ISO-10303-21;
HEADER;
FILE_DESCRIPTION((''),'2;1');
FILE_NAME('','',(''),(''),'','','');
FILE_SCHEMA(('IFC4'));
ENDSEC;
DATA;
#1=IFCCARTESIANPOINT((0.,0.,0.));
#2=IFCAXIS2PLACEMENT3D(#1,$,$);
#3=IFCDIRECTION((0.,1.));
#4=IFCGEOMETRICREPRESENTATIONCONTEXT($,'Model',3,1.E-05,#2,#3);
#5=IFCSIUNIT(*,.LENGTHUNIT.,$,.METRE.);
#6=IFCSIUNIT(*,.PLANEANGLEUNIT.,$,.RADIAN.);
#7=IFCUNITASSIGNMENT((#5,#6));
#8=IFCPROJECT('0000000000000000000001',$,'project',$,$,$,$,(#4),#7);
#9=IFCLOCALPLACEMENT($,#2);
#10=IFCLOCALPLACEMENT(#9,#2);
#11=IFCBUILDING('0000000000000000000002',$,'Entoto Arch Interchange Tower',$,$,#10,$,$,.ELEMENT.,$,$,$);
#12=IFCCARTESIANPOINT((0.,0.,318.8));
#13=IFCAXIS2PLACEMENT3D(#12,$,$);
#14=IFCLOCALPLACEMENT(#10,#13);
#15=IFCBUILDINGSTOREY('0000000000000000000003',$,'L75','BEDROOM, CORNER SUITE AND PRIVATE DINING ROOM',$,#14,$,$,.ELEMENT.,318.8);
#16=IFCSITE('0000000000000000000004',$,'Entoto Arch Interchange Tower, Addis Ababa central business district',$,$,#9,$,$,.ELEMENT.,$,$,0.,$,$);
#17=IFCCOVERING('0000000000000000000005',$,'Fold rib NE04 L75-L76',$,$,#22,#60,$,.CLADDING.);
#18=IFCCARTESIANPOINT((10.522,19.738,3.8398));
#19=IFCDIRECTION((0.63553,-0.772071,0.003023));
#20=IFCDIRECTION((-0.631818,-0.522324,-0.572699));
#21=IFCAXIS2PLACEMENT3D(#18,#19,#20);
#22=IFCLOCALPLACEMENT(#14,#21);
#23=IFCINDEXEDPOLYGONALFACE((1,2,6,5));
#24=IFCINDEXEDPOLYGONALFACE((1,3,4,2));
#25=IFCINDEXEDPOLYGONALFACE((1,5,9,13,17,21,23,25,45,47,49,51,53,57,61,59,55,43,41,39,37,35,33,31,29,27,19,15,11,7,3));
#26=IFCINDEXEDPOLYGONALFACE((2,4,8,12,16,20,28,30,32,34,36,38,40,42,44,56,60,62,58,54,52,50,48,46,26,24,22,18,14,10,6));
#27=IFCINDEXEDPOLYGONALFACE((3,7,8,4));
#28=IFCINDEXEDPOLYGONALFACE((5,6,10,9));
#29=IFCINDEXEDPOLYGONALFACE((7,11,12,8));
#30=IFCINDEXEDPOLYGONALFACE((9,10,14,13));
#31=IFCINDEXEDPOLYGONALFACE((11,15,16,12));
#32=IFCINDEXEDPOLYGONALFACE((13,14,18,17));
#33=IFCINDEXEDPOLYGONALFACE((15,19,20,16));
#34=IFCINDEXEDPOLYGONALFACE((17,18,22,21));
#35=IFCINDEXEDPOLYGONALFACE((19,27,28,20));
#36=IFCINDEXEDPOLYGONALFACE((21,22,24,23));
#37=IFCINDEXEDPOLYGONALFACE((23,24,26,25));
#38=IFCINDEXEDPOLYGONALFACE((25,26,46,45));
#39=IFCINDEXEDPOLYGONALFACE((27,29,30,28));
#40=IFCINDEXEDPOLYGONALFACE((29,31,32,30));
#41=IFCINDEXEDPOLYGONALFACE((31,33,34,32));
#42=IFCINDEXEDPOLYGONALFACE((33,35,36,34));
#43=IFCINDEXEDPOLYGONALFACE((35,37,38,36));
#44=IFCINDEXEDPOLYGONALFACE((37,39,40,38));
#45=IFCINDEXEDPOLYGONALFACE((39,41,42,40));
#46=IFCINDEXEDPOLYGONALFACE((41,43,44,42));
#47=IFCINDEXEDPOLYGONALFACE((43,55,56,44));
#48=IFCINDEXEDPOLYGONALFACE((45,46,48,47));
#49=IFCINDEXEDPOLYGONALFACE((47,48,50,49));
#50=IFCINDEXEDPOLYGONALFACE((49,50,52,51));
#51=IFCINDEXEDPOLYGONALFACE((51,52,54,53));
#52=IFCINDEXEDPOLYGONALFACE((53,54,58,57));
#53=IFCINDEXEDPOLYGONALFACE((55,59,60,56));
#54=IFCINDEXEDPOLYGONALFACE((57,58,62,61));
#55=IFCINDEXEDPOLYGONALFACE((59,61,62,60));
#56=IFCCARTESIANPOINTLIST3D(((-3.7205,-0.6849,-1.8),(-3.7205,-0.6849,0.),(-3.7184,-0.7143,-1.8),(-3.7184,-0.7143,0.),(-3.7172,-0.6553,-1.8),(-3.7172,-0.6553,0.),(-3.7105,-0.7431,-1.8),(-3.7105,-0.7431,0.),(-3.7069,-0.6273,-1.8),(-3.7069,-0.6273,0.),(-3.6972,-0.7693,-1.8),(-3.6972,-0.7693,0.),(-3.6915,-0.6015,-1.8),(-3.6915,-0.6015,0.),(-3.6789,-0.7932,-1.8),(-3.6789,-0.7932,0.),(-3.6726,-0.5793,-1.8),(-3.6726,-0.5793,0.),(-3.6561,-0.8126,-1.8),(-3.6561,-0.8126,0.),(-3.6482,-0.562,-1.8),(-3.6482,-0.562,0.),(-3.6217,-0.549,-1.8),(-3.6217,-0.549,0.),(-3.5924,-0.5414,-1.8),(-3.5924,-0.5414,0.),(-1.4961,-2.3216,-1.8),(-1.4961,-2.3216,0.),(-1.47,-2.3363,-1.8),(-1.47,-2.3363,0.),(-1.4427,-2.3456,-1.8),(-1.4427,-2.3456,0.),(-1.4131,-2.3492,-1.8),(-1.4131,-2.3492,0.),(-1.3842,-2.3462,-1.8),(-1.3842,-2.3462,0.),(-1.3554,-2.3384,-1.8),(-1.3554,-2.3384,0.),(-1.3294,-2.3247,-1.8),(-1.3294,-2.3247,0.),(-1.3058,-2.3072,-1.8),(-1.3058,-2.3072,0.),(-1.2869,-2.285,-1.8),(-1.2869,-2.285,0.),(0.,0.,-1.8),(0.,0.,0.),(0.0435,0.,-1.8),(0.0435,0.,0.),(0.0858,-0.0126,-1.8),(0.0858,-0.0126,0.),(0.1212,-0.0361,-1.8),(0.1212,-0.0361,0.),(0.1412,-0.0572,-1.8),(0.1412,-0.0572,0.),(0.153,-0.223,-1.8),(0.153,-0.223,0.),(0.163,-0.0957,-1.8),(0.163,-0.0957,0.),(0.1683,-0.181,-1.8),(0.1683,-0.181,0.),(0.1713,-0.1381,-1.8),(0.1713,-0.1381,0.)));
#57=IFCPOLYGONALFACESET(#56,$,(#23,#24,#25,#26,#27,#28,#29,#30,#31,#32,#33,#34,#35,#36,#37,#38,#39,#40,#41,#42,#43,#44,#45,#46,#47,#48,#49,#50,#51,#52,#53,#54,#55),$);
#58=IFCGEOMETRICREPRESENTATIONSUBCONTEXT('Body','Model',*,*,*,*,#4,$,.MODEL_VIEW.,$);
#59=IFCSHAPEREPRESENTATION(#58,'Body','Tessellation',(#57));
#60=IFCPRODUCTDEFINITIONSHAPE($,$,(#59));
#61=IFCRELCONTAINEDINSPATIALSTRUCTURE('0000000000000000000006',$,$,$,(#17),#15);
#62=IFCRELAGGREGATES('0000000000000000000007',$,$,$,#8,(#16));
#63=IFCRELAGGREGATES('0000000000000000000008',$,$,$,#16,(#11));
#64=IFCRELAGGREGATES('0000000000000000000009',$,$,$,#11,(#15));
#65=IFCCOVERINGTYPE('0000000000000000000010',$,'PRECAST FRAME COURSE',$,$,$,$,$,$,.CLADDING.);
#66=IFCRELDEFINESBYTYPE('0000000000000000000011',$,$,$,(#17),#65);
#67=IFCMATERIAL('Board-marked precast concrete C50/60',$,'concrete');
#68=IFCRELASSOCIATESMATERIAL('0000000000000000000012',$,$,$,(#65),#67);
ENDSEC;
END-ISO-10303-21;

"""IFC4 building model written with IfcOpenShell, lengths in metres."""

from ifc_helpers import new_model, si_unit, direction, frame, origin, place, context, subcontext, project, spatial, polyline, outline, extrude, material, type_object, element, save


model = new_model("IFC4")

# Units and contexts
model_context = context("Model", 3, precision=1e-05, world=origin(), true_north=direction((0.0, 1.0)))
body_context = subcontext(model_context, "Body", "Model", "MODEL_VIEW")
ifc_project = project(units=[si_unit("LENGTHUNIT", "METRE"), si_unit("PLANEANGLEUNIT", "RADIAN")], contexts=[model_context])

# Site, building, storey
site_placement = place(None, origin())
site = spatial("IfcSite", under=ifc_project, at=site_placement, Name="Entoto Arch Interchange Tower, Addis Ababa central business district", CompositionType="ELEMENT", RefElevation=0.0)
building_placement = place(site_placement, origin())
building = spatial("IfcBuilding", under=site, at=building_placement, Name="Entoto Arch Interchange Tower", CompositionType="ELEMENT")
storey_placement = place(building_placement, frame((0.0, 0.0, 318.8)))
storey = spatial("IfcBuildingStorey", under=building, at=storey_placement, Name="L75", Description="BEDROOM, CORNER SUITE AND PRIVATE DINING ROOM", CompositionType="ELEMENT", Elevation=318.8)

# Covering
ifc_material_1 = material(Name="Board-marked precast concrete C50/60", Category="concrete")
covering_type = type_object("IfcCoveringType", Name="PRECAST FRAME COURSE", PredefinedType="CLADDING", material=ifc_material_1)
covering_1_placement = place(storey_placement, frame((10.522, 19.738, 3.8398), z_axis=(0.63553, -0.772071, 0.003023), x_axis=(-0.631818, -0.522324, -0.572699)))
element("IfcCovering", 1, at=covering_1_placement, inside=storey, type_object=covering_type, Name="Fold rib NE04 L75-L76", PredefinedType="CLADDING", context=body_context, shape_type="SweptSolid", body=[
    extrude(outline(polyline([(0.0, 0.0), (0.0435, 0.0), (0.0858, -0.0126), (0.1212, -0.0361), (0.1412, -0.0572), (0.163, -0.0957), (0.1713, -0.1381), (0.1683, -0.181), (0.153, -0.223), (-1.2869, -2.285), (-1.3058, -2.3072), (-1.3294, -2.3247), (-1.3554, -2.3384), (-1.3842, -2.3462), (-1.4131, -2.3492), (-1.4427, -2.3456), (-1.47, -2.3363), (-1.4961, -2.3216), (-3.6561, -0.8126), (-3.6789, -0.7932), (-3.6972, -0.7693), (-3.7105, -0.7431), (-3.7184, -0.7143), (-3.7205, -0.6849), (-3.7172, -0.6553), (-3.7069, -0.6273), (-3.6915, -0.6015), (-3.6726, -0.5793), (-3.6482, -0.562), (-3.6217, -0.549), (-3.5924, -0.5414), (0.0, 0.0)])), origin(), (0.0, 0.0, -1.0), 1.8),
])

save(model, "model.ifc")
